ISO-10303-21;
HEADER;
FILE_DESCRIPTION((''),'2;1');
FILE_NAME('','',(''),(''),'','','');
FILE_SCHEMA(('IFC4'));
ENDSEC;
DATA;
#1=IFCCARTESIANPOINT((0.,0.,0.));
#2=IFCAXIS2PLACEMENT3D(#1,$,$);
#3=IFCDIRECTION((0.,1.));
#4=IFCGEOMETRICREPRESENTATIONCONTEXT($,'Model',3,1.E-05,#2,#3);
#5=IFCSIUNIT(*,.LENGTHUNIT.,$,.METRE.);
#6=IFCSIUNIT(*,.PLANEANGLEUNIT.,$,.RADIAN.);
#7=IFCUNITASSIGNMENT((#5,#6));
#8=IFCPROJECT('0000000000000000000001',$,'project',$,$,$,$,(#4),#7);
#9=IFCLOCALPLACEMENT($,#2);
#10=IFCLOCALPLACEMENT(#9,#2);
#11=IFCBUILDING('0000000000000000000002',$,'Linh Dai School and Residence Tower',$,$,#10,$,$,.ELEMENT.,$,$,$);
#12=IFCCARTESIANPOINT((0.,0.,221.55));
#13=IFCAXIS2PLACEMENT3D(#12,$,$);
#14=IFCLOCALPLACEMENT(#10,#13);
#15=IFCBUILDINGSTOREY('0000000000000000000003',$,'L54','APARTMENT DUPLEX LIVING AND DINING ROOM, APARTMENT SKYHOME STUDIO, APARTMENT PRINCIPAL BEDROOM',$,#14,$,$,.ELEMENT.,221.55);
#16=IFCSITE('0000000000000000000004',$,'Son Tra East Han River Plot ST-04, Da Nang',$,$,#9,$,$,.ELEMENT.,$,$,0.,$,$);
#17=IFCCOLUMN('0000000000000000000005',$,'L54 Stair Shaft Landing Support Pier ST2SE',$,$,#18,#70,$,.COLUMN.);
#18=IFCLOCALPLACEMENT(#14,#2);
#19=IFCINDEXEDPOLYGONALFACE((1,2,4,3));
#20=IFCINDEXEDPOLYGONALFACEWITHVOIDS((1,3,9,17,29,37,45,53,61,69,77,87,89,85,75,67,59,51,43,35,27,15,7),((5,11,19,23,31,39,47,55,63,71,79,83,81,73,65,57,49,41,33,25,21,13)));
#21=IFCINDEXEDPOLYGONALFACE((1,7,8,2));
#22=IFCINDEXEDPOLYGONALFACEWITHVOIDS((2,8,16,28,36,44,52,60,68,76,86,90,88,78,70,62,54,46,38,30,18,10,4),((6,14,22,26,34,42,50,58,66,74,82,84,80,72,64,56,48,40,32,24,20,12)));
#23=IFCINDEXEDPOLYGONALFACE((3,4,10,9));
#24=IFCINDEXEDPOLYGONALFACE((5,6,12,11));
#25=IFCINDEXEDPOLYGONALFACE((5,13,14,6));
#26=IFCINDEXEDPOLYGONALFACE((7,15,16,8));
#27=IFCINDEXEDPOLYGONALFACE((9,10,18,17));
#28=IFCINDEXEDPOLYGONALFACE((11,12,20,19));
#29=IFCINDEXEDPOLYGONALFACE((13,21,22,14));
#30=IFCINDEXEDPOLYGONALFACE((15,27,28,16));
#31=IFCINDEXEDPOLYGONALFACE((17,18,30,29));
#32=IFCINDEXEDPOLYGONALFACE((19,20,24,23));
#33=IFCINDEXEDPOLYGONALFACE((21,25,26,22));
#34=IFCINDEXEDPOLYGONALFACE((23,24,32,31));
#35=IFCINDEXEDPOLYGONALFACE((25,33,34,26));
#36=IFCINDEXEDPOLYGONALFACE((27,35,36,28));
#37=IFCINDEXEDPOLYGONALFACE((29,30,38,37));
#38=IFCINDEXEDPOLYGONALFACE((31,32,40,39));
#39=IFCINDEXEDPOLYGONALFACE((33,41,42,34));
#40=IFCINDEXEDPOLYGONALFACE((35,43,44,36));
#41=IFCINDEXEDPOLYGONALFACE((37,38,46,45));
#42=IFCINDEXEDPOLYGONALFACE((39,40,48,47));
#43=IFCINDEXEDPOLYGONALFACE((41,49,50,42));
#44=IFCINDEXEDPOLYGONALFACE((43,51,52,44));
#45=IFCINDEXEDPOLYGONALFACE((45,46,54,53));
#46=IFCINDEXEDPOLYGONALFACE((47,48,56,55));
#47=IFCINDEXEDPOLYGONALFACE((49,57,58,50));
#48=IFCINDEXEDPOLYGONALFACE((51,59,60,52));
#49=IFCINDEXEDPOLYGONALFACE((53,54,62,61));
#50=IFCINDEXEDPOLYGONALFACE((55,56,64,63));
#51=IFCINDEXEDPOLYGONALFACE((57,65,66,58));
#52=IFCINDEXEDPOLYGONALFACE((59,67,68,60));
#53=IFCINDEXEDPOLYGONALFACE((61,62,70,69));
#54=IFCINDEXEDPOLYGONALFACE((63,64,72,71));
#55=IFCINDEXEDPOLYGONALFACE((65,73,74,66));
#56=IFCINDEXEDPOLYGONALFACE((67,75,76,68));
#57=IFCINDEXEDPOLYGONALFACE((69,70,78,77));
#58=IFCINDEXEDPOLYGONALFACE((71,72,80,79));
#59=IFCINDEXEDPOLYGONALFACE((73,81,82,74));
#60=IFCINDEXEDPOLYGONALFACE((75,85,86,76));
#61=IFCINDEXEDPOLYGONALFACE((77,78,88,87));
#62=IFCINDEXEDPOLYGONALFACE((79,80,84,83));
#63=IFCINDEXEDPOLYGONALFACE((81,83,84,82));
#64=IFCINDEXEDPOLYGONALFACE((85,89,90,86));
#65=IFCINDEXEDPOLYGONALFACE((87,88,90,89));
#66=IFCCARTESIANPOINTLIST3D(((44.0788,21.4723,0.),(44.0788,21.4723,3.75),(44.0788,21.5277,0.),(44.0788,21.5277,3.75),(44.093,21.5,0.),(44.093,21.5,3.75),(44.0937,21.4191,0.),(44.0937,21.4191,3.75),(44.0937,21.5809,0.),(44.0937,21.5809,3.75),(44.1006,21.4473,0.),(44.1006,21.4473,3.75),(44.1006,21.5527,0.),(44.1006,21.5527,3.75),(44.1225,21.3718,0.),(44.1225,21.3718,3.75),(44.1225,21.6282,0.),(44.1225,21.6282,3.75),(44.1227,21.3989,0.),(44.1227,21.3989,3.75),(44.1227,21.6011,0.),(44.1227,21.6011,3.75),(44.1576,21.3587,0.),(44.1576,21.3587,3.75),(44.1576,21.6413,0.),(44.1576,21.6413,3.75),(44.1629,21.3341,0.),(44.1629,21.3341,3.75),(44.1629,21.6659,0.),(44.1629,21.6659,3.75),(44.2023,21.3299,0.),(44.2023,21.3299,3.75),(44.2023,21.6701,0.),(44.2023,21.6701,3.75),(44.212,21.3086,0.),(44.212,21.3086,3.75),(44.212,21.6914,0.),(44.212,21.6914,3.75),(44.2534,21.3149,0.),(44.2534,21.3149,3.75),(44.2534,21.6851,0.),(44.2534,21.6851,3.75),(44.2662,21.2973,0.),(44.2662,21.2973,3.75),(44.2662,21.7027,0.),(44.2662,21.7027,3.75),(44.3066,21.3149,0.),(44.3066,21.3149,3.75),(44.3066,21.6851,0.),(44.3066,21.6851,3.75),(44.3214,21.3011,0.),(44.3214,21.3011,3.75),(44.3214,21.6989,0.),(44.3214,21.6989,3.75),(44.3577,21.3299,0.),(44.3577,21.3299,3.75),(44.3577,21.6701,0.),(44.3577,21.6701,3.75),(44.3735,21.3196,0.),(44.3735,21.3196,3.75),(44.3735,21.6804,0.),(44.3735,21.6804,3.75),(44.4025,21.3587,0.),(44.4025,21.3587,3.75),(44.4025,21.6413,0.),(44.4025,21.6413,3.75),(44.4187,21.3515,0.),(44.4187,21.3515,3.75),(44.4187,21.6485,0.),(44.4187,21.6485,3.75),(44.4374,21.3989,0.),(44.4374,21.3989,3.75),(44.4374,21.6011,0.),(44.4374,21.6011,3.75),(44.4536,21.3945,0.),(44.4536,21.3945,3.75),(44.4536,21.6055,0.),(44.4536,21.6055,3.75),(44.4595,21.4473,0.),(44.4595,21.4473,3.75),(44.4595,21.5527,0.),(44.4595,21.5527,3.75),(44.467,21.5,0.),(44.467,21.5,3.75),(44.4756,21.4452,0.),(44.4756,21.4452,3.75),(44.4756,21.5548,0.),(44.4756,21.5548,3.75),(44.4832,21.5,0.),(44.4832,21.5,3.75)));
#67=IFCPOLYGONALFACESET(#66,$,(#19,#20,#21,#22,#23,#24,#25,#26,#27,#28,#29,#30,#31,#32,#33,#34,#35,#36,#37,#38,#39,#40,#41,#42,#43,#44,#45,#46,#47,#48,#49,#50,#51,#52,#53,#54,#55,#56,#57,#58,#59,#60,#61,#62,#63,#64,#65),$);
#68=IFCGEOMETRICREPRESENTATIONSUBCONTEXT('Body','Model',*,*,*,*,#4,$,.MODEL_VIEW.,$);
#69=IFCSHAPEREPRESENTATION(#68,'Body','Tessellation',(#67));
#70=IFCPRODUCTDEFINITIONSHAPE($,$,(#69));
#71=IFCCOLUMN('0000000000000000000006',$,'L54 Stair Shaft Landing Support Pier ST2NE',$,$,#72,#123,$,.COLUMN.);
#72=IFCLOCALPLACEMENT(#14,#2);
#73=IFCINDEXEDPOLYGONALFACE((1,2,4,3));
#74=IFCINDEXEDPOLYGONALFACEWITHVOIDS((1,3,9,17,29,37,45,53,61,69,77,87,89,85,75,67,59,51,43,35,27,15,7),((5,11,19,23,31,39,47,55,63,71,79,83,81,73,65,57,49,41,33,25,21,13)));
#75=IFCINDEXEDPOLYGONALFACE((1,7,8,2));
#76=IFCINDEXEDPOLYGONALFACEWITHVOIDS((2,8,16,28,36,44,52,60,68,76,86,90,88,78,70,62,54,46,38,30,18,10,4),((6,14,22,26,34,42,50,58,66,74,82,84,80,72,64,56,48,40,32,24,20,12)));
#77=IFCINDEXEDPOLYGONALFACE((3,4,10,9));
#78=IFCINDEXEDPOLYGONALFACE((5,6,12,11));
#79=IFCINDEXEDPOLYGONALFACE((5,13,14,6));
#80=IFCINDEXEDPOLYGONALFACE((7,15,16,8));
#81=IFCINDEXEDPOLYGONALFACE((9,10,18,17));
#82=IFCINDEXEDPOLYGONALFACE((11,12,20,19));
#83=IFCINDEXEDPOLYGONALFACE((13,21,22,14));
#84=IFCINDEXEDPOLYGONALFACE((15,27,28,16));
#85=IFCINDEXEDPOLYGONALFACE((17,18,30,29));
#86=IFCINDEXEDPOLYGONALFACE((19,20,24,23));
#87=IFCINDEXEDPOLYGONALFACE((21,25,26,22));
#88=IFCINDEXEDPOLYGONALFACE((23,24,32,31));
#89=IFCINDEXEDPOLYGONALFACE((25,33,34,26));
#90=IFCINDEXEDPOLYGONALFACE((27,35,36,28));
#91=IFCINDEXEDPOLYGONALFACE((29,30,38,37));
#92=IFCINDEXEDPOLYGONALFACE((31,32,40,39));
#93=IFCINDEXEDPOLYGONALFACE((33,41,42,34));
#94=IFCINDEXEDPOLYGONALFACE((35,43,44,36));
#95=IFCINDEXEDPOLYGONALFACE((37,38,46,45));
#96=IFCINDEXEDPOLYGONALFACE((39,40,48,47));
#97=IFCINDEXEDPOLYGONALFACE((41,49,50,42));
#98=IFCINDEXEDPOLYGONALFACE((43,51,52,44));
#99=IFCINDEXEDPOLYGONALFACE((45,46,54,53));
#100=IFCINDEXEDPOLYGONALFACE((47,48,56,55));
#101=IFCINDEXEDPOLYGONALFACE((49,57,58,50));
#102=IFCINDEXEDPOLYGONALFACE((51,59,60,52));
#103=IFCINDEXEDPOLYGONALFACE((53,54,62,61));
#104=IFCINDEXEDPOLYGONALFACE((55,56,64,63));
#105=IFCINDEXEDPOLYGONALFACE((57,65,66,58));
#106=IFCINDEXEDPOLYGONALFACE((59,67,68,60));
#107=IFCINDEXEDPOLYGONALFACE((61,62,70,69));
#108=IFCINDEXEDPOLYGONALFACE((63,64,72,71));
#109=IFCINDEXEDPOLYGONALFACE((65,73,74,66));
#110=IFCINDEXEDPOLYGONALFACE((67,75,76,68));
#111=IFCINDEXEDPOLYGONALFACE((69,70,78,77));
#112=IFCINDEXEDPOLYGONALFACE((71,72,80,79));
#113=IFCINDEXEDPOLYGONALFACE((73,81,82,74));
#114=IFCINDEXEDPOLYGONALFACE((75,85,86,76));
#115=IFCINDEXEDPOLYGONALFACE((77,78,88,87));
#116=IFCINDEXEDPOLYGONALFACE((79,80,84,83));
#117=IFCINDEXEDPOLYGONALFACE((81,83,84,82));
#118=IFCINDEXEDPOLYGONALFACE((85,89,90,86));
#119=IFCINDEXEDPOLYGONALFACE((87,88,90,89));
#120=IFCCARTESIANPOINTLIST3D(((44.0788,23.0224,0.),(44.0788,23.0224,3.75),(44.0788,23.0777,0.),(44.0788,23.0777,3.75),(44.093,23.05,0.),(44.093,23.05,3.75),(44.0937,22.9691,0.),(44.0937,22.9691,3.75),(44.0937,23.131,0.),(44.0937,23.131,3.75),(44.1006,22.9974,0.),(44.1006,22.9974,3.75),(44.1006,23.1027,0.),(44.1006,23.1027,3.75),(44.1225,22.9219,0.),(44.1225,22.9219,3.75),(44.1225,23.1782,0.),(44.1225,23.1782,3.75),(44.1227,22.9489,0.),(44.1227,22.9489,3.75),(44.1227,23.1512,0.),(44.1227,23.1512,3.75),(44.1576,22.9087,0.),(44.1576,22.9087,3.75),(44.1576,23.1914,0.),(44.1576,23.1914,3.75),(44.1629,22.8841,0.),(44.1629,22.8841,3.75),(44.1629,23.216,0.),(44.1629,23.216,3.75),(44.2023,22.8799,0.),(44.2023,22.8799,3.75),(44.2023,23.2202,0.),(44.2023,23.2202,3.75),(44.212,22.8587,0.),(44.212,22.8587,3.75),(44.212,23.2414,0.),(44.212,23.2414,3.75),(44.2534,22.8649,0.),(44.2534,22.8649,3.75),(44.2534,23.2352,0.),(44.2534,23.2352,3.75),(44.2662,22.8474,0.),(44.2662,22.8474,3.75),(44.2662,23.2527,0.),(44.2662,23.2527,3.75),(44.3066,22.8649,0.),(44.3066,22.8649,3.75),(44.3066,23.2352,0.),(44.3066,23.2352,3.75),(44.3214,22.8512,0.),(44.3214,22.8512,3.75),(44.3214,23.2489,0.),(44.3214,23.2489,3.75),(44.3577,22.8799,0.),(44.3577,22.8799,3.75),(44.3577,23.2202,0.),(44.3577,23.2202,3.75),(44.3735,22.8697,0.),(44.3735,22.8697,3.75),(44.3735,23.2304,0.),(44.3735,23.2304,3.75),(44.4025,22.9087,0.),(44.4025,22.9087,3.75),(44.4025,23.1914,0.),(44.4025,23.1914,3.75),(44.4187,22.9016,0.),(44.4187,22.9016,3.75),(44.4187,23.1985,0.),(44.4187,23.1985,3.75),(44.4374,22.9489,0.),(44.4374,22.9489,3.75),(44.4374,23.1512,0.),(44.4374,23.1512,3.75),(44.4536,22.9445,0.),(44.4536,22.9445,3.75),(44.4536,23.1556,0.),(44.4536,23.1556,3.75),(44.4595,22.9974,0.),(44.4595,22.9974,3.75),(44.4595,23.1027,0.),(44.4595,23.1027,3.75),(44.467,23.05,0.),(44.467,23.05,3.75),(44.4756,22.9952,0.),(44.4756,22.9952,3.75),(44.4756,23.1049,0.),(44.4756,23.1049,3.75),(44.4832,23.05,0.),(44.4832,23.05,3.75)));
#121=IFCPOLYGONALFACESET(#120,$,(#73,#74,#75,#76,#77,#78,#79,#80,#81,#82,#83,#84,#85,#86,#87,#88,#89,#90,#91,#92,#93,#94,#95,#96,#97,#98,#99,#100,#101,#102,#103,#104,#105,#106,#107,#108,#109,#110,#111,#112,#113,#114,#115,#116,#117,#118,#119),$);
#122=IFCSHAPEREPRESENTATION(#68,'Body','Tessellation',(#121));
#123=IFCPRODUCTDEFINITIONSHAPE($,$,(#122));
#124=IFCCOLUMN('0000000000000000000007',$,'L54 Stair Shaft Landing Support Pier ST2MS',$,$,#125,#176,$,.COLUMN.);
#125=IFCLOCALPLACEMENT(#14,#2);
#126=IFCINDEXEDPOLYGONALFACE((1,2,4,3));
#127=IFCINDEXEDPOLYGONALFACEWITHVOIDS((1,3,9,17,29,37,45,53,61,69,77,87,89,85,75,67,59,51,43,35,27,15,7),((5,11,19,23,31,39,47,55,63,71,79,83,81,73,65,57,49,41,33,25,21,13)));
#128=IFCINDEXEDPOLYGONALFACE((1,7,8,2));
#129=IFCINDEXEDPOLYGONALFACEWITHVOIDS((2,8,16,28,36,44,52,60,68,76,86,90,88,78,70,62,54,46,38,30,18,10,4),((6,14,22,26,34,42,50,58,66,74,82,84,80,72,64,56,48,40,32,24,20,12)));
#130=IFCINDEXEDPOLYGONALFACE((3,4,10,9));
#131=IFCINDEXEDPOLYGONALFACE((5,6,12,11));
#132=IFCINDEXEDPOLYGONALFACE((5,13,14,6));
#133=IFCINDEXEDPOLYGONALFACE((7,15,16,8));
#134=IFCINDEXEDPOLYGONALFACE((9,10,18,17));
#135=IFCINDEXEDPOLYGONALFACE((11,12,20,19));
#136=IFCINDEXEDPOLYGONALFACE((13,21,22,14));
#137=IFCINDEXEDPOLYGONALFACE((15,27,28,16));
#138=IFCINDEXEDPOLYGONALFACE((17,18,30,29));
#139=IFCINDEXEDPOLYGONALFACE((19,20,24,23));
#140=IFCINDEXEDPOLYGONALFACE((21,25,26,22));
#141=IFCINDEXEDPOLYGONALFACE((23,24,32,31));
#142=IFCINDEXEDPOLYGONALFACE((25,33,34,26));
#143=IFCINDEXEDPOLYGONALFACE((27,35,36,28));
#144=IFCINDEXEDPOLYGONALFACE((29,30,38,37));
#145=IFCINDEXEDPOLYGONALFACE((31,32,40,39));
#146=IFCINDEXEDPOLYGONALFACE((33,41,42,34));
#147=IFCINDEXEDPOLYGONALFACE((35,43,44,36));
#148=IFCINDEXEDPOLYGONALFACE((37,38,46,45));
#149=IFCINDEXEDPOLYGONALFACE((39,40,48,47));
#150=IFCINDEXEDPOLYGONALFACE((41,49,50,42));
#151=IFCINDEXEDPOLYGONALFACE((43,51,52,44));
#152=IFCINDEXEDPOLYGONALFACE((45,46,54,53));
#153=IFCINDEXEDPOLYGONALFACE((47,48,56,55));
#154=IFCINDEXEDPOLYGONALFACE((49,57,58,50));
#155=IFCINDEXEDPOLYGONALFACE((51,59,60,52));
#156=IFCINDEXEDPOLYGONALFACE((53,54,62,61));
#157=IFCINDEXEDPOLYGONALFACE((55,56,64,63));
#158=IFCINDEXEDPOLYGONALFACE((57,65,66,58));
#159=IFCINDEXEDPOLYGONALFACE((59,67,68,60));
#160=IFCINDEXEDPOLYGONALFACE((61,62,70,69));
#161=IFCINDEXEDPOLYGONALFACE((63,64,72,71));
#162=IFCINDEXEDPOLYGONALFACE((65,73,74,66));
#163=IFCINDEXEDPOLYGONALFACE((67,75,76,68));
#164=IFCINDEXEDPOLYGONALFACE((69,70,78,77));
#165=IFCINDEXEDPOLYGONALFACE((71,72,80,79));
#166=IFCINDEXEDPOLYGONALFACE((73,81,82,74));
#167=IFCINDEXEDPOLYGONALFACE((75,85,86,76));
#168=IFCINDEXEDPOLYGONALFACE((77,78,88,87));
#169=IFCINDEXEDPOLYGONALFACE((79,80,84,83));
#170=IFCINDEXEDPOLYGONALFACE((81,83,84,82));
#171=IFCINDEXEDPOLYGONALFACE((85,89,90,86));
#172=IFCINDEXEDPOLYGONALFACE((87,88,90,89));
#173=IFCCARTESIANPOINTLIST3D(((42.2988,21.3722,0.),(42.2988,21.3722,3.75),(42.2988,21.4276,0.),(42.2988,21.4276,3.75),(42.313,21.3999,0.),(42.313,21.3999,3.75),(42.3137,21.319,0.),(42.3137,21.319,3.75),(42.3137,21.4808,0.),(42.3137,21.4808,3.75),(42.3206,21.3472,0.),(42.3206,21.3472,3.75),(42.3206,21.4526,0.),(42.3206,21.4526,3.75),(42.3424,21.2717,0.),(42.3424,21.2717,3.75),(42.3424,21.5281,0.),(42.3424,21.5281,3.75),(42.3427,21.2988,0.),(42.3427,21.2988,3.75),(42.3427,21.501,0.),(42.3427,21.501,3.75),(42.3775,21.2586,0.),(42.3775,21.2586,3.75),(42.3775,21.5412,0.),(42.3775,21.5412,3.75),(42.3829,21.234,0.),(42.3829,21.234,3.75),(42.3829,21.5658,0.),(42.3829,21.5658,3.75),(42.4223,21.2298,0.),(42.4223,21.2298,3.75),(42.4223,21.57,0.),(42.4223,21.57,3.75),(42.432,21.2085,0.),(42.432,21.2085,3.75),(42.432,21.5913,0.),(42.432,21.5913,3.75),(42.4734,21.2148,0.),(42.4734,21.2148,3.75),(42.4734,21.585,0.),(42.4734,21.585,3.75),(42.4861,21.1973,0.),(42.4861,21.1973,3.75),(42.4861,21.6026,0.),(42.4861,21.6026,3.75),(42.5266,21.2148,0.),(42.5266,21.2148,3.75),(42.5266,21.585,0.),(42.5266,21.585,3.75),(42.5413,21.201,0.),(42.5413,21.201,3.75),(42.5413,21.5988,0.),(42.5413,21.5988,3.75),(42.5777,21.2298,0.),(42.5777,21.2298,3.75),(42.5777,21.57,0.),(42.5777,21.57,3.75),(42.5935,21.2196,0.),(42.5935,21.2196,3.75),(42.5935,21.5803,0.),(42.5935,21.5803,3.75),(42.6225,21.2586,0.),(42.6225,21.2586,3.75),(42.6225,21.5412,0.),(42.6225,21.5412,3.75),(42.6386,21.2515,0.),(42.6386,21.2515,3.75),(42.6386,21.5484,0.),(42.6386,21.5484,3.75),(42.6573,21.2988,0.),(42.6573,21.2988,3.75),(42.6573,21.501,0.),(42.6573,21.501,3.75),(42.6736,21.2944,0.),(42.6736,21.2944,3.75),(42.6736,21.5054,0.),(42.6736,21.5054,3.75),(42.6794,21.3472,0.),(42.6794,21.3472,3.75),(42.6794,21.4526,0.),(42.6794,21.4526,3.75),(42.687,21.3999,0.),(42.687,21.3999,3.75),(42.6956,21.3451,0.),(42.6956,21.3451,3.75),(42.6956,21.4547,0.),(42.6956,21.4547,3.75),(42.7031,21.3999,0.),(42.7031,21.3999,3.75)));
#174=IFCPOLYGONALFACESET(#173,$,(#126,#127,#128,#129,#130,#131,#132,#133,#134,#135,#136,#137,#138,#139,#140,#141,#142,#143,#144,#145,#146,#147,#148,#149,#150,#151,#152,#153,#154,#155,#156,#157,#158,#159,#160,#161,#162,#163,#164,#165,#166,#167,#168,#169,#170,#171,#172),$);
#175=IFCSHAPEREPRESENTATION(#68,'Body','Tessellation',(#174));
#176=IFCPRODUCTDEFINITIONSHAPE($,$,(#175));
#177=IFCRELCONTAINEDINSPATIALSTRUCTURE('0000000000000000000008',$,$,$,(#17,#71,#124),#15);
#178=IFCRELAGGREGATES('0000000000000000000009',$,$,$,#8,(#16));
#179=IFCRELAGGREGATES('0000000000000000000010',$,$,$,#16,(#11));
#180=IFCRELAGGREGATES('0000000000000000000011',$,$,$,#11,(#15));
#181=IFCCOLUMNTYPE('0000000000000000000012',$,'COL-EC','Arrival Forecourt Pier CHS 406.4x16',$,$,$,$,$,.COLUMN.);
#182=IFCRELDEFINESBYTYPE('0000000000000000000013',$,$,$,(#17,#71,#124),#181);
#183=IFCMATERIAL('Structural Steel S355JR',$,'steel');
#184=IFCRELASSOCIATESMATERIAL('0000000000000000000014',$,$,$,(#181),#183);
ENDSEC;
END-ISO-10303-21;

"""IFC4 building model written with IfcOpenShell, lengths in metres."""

from ifc_helpers import new_model, si_unit, direction, frame, origin, origin_2d, place, context, subcontext, project, spatial, hollow_circle, extrude, material, material_profile, profile_set, type_object, element, save


model = new_model("IFC4")

# Units and contexts
model_context = context("Model", 3, precision=1e-05, world=origin(), true_north=direction((0.0, 1.0)))
body_context = subcontext(model_context, "Body", "Model", "MODEL_VIEW")
ifc_project = project(units=[si_unit("LENGTHUNIT", "METRE"), si_unit("PLANEANGLEUNIT", "RADIAN")], contexts=[model_context])

# Site, building, storey
site_placement = place(None, origin())
site = spatial("IfcSite", under=ifc_project, at=site_placement, Name="Son Tra East Han River Plot ST-04, Da Nang", CompositionType="ELEMENT", RefElevation=0.0)
building_placement = place(site_placement, origin())
building = spatial("IfcBuilding", under=site, at=building_placement, Name="Linh Dai School and Residence Tower", CompositionType="ELEMENT")
storey_placement = place(building_placement, frame((0.0, 0.0, 221.55)))
storey = spatial("IfcBuildingStorey", under=building, at=storey_placement, Name="L54", Description="APARTMENT DUPLEX LIVING AND DINING ROOM, APARTMENT SKYHOME STUDIO, APARTMENT PRINCIPAL BEDROOM", CompositionType="ELEMENT", Elevation=221.55)

# Columns
ifc_material_1 = material(Name="Structural Steel S355JR", Category="steel")
ifc_material_profile_1 = material_profile(ifc_material_1, hollow_circle(Radius=0.2031, WallThickness=0.0161, at=origin_2d()), Name="CHS 406.4x16")
ifc_profile_set_1 = profile_set([ifc_material_profile_1], Name="Structural Steel S355JR")
column_type_1 = type_object("IfcColumnType", Name="COL-EC", Description="Arrival Forecourt Pier CHS 406.4x16", PredefinedType="COLUMN", material=ifc_profile_set_1)
for number, where, z_axis, x_axis, name in (
    (1, (44.28, 21.5, 0.0), (0.0, 0.0, 1.0), (1.0, 0.0, 0.0), "L54 Stair Shaft Landing Support Pier ST2SE"),
    (2, (44.28, 23.05, 0.0), (0.0, 0.0, 1.0), (1.0, 0.0, 0.0), "L54 Stair Shaft Landing Support Pier ST2NE"),
    (3, (42.5, 21.3999, 0.0), (0.0, 0.0, 1.0), (1.0, 0.0, 0.0), "L54 Stair Shaft Landing Support Pier ST2MS"),
):
    element("IfcColumn", number, at=place(storey_placement, frame(where, z_axis=z_axis, x_axis=x_axis)), inside=storey, type_object=column_type_1, Name=name, PredefinedType="COLUMN", context=body_context, shape_type="SweptSolid", body=[
        extrude(hollow_circle(Radius=0.2031, WallThickness=0.0161, at=origin_2d()), origin(), (0.0, 0.0, 1.0), 3.75),
    ])

save(model, "model.ifc")
